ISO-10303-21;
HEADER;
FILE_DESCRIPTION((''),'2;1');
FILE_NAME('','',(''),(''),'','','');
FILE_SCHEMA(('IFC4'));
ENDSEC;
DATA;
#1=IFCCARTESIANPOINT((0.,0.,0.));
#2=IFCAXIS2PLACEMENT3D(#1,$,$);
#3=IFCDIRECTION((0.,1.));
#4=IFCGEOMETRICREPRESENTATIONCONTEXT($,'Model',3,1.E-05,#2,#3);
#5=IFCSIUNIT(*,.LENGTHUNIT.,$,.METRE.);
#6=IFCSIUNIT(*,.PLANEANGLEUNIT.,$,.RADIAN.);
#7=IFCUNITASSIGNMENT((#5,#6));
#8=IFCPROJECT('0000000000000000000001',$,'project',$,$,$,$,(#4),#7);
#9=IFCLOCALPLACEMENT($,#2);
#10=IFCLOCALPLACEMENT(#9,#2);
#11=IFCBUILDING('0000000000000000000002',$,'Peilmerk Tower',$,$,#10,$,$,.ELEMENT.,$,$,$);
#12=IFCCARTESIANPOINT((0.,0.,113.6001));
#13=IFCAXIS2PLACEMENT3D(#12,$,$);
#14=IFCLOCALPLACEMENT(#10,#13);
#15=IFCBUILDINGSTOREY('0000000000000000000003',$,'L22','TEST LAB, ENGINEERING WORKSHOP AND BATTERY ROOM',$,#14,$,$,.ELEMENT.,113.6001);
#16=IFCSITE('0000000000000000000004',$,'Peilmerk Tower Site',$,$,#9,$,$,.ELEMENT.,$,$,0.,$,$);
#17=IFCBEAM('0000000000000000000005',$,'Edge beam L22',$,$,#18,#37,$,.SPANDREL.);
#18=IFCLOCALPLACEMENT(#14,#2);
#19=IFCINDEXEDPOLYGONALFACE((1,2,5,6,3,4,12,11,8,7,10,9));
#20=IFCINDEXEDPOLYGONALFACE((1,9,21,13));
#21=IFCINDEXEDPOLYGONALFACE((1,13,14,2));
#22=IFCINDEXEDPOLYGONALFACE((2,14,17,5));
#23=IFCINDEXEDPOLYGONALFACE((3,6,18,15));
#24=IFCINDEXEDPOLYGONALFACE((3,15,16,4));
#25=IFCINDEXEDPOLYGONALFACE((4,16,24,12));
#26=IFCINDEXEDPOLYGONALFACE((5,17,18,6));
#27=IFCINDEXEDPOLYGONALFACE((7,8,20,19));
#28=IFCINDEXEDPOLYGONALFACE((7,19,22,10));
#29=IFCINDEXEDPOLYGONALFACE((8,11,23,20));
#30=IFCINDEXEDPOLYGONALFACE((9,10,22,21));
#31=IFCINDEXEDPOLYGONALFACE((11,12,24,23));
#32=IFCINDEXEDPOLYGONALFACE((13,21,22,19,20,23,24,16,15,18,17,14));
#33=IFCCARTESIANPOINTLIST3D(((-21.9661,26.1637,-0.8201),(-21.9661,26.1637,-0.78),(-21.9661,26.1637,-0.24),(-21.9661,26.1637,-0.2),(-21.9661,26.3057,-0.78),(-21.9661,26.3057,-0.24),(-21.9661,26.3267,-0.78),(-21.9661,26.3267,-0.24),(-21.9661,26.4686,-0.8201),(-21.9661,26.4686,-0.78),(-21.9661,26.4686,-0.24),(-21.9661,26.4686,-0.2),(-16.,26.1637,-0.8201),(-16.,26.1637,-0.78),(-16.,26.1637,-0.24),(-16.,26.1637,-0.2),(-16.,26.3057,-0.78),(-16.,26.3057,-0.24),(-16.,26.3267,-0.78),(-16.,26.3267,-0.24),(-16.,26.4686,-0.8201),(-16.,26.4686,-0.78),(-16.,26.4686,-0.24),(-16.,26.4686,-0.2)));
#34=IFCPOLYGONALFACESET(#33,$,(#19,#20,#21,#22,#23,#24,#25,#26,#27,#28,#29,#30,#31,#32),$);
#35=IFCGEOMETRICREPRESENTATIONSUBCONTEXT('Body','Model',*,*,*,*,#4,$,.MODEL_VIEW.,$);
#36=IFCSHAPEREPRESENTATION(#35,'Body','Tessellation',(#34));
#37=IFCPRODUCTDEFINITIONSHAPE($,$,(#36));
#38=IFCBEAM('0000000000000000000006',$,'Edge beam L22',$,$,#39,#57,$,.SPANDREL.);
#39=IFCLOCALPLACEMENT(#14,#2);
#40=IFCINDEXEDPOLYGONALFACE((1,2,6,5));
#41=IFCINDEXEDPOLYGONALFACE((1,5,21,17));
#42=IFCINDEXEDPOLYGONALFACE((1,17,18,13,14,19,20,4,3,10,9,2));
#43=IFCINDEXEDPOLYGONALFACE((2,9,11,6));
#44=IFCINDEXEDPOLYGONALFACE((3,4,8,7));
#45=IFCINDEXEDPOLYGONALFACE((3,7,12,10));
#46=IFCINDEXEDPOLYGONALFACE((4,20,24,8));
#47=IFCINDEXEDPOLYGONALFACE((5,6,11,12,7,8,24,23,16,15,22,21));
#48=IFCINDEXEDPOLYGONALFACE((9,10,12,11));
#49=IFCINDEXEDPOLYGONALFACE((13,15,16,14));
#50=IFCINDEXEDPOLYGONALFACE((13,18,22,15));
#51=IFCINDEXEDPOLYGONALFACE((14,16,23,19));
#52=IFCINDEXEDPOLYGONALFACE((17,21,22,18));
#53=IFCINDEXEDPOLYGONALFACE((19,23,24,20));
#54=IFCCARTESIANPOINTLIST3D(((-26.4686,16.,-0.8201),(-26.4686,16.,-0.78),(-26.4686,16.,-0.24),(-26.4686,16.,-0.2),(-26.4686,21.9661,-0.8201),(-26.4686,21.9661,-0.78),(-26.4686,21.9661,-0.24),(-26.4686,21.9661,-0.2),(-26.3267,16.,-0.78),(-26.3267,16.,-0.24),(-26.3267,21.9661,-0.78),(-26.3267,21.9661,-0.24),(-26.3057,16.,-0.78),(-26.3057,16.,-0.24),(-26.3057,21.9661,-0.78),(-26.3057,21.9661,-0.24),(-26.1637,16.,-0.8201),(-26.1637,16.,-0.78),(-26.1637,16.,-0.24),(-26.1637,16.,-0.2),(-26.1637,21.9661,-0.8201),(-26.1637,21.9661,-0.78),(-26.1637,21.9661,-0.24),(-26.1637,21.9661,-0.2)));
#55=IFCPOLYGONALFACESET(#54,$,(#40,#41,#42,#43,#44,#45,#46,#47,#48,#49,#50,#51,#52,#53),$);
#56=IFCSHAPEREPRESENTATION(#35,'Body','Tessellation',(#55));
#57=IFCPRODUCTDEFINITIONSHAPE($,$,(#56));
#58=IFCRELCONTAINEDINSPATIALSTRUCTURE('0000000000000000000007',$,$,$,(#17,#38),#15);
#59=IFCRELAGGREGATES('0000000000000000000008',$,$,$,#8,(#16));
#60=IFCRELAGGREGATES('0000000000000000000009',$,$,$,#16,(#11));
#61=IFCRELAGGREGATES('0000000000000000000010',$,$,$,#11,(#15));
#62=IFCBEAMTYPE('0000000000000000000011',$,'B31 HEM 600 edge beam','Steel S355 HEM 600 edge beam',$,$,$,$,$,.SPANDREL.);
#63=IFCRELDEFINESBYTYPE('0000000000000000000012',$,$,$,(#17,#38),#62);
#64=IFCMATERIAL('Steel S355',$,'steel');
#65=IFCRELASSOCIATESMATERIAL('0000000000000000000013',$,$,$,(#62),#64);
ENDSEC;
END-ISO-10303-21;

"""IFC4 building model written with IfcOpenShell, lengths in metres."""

from ifc_helpers import new_model, si_unit, direction, frame, origin, origin_2d, place, context, subcontext, project, spatial, i_section, extrude, material, material_profile, profile_set, type_object, element, save


model = new_model("IFC4")

# Units and contexts
model_context = context("Model", 3, precision=1e-05, world=origin(), true_north=direction((0.0, 1.0)))
body_context = subcontext(model_context, "Body", "Model", "MODEL_VIEW")
ifc_project = project(units=[si_unit("LENGTHUNIT", "METRE"), si_unit("PLANEANGLEUNIT", "RADIAN")], contexts=[model_context])

# Site, building, storey
site_placement = place(None, origin())
site = spatial("IfcSite", under=ifc_project, at=site_placement, Name="Peilmerk Tower Site", CompositionType="ELEMENT", RefElevation=0.0)
building_placement = place(site_placement, origin())
building = spatial("IfcBuilding", under=site, at=building_placement, Name="Peilmerk Tower", CompositionType="ELEMENT")
storey_placement = place(building_placement, frame((0.0, 0.0, 113.6001)))
storey = spatial("IfcBuildingStorey", under=building, at=storey_placement, Name="L22", Description="TEST LAB, ENGINEERING WORKSHOP AND BATTERY ROOM", CompositionType="ELEMENT", Elevation=113.6001)

# Beams
ifc_material_1 = material(Name="Steel S355", Category="steel")
ifc_material_profile_1 = material_profile(ifc_material_1, i_section(OverallWidth=0.3049, OverallDepth=0.6201, WebThickness=0.021, FlangeThickness=0.04, at=origin_2d()), Name="HEM 600")
ifc_profile_set_1 = profile_set([ifc_material_profile_1], Name="Steel S355")
beam_type_1 = type_object("IfcBeamType", Name="B31 HEM 600 edge beam", Description="Steel S355 HEM 600 edge beam", PredefinedType="SPANDREL", material=ifc_profile_set_1)
for number, where, z_axis, x_axis, name in (
    (1, (-16.0, 26.3162, -0.51), (-1.0, 0.0, 0.0), (0.0, -1.0, 0.0), "Edge beam L22"),
    (2, (-26.3162, 21.9661, -0.51), (0.0, -1.0, 0.0), (1.0, 0.0, 0.0), "Edge beam L22"),
):
    element("IfcBeam", number, at=place(storey_placement, frame(where, z_axis=z_axis, x_axis=x_axis)), inside=storey, type_object=beam_type_1, Name=name, PredefinedType="SPANDREL", context=body_context, shape_type="SweptSolid", body=[
        extrude(i_section(OverallWidth=0.3049, OverallDepth=0.6201, WebThickness=0.021, FlangeThickness=0.04, at=origin_2d()), origin(), (0.0, 0.0, 1.0), 5.9661),
    ])

save(model, "model.ifc")
